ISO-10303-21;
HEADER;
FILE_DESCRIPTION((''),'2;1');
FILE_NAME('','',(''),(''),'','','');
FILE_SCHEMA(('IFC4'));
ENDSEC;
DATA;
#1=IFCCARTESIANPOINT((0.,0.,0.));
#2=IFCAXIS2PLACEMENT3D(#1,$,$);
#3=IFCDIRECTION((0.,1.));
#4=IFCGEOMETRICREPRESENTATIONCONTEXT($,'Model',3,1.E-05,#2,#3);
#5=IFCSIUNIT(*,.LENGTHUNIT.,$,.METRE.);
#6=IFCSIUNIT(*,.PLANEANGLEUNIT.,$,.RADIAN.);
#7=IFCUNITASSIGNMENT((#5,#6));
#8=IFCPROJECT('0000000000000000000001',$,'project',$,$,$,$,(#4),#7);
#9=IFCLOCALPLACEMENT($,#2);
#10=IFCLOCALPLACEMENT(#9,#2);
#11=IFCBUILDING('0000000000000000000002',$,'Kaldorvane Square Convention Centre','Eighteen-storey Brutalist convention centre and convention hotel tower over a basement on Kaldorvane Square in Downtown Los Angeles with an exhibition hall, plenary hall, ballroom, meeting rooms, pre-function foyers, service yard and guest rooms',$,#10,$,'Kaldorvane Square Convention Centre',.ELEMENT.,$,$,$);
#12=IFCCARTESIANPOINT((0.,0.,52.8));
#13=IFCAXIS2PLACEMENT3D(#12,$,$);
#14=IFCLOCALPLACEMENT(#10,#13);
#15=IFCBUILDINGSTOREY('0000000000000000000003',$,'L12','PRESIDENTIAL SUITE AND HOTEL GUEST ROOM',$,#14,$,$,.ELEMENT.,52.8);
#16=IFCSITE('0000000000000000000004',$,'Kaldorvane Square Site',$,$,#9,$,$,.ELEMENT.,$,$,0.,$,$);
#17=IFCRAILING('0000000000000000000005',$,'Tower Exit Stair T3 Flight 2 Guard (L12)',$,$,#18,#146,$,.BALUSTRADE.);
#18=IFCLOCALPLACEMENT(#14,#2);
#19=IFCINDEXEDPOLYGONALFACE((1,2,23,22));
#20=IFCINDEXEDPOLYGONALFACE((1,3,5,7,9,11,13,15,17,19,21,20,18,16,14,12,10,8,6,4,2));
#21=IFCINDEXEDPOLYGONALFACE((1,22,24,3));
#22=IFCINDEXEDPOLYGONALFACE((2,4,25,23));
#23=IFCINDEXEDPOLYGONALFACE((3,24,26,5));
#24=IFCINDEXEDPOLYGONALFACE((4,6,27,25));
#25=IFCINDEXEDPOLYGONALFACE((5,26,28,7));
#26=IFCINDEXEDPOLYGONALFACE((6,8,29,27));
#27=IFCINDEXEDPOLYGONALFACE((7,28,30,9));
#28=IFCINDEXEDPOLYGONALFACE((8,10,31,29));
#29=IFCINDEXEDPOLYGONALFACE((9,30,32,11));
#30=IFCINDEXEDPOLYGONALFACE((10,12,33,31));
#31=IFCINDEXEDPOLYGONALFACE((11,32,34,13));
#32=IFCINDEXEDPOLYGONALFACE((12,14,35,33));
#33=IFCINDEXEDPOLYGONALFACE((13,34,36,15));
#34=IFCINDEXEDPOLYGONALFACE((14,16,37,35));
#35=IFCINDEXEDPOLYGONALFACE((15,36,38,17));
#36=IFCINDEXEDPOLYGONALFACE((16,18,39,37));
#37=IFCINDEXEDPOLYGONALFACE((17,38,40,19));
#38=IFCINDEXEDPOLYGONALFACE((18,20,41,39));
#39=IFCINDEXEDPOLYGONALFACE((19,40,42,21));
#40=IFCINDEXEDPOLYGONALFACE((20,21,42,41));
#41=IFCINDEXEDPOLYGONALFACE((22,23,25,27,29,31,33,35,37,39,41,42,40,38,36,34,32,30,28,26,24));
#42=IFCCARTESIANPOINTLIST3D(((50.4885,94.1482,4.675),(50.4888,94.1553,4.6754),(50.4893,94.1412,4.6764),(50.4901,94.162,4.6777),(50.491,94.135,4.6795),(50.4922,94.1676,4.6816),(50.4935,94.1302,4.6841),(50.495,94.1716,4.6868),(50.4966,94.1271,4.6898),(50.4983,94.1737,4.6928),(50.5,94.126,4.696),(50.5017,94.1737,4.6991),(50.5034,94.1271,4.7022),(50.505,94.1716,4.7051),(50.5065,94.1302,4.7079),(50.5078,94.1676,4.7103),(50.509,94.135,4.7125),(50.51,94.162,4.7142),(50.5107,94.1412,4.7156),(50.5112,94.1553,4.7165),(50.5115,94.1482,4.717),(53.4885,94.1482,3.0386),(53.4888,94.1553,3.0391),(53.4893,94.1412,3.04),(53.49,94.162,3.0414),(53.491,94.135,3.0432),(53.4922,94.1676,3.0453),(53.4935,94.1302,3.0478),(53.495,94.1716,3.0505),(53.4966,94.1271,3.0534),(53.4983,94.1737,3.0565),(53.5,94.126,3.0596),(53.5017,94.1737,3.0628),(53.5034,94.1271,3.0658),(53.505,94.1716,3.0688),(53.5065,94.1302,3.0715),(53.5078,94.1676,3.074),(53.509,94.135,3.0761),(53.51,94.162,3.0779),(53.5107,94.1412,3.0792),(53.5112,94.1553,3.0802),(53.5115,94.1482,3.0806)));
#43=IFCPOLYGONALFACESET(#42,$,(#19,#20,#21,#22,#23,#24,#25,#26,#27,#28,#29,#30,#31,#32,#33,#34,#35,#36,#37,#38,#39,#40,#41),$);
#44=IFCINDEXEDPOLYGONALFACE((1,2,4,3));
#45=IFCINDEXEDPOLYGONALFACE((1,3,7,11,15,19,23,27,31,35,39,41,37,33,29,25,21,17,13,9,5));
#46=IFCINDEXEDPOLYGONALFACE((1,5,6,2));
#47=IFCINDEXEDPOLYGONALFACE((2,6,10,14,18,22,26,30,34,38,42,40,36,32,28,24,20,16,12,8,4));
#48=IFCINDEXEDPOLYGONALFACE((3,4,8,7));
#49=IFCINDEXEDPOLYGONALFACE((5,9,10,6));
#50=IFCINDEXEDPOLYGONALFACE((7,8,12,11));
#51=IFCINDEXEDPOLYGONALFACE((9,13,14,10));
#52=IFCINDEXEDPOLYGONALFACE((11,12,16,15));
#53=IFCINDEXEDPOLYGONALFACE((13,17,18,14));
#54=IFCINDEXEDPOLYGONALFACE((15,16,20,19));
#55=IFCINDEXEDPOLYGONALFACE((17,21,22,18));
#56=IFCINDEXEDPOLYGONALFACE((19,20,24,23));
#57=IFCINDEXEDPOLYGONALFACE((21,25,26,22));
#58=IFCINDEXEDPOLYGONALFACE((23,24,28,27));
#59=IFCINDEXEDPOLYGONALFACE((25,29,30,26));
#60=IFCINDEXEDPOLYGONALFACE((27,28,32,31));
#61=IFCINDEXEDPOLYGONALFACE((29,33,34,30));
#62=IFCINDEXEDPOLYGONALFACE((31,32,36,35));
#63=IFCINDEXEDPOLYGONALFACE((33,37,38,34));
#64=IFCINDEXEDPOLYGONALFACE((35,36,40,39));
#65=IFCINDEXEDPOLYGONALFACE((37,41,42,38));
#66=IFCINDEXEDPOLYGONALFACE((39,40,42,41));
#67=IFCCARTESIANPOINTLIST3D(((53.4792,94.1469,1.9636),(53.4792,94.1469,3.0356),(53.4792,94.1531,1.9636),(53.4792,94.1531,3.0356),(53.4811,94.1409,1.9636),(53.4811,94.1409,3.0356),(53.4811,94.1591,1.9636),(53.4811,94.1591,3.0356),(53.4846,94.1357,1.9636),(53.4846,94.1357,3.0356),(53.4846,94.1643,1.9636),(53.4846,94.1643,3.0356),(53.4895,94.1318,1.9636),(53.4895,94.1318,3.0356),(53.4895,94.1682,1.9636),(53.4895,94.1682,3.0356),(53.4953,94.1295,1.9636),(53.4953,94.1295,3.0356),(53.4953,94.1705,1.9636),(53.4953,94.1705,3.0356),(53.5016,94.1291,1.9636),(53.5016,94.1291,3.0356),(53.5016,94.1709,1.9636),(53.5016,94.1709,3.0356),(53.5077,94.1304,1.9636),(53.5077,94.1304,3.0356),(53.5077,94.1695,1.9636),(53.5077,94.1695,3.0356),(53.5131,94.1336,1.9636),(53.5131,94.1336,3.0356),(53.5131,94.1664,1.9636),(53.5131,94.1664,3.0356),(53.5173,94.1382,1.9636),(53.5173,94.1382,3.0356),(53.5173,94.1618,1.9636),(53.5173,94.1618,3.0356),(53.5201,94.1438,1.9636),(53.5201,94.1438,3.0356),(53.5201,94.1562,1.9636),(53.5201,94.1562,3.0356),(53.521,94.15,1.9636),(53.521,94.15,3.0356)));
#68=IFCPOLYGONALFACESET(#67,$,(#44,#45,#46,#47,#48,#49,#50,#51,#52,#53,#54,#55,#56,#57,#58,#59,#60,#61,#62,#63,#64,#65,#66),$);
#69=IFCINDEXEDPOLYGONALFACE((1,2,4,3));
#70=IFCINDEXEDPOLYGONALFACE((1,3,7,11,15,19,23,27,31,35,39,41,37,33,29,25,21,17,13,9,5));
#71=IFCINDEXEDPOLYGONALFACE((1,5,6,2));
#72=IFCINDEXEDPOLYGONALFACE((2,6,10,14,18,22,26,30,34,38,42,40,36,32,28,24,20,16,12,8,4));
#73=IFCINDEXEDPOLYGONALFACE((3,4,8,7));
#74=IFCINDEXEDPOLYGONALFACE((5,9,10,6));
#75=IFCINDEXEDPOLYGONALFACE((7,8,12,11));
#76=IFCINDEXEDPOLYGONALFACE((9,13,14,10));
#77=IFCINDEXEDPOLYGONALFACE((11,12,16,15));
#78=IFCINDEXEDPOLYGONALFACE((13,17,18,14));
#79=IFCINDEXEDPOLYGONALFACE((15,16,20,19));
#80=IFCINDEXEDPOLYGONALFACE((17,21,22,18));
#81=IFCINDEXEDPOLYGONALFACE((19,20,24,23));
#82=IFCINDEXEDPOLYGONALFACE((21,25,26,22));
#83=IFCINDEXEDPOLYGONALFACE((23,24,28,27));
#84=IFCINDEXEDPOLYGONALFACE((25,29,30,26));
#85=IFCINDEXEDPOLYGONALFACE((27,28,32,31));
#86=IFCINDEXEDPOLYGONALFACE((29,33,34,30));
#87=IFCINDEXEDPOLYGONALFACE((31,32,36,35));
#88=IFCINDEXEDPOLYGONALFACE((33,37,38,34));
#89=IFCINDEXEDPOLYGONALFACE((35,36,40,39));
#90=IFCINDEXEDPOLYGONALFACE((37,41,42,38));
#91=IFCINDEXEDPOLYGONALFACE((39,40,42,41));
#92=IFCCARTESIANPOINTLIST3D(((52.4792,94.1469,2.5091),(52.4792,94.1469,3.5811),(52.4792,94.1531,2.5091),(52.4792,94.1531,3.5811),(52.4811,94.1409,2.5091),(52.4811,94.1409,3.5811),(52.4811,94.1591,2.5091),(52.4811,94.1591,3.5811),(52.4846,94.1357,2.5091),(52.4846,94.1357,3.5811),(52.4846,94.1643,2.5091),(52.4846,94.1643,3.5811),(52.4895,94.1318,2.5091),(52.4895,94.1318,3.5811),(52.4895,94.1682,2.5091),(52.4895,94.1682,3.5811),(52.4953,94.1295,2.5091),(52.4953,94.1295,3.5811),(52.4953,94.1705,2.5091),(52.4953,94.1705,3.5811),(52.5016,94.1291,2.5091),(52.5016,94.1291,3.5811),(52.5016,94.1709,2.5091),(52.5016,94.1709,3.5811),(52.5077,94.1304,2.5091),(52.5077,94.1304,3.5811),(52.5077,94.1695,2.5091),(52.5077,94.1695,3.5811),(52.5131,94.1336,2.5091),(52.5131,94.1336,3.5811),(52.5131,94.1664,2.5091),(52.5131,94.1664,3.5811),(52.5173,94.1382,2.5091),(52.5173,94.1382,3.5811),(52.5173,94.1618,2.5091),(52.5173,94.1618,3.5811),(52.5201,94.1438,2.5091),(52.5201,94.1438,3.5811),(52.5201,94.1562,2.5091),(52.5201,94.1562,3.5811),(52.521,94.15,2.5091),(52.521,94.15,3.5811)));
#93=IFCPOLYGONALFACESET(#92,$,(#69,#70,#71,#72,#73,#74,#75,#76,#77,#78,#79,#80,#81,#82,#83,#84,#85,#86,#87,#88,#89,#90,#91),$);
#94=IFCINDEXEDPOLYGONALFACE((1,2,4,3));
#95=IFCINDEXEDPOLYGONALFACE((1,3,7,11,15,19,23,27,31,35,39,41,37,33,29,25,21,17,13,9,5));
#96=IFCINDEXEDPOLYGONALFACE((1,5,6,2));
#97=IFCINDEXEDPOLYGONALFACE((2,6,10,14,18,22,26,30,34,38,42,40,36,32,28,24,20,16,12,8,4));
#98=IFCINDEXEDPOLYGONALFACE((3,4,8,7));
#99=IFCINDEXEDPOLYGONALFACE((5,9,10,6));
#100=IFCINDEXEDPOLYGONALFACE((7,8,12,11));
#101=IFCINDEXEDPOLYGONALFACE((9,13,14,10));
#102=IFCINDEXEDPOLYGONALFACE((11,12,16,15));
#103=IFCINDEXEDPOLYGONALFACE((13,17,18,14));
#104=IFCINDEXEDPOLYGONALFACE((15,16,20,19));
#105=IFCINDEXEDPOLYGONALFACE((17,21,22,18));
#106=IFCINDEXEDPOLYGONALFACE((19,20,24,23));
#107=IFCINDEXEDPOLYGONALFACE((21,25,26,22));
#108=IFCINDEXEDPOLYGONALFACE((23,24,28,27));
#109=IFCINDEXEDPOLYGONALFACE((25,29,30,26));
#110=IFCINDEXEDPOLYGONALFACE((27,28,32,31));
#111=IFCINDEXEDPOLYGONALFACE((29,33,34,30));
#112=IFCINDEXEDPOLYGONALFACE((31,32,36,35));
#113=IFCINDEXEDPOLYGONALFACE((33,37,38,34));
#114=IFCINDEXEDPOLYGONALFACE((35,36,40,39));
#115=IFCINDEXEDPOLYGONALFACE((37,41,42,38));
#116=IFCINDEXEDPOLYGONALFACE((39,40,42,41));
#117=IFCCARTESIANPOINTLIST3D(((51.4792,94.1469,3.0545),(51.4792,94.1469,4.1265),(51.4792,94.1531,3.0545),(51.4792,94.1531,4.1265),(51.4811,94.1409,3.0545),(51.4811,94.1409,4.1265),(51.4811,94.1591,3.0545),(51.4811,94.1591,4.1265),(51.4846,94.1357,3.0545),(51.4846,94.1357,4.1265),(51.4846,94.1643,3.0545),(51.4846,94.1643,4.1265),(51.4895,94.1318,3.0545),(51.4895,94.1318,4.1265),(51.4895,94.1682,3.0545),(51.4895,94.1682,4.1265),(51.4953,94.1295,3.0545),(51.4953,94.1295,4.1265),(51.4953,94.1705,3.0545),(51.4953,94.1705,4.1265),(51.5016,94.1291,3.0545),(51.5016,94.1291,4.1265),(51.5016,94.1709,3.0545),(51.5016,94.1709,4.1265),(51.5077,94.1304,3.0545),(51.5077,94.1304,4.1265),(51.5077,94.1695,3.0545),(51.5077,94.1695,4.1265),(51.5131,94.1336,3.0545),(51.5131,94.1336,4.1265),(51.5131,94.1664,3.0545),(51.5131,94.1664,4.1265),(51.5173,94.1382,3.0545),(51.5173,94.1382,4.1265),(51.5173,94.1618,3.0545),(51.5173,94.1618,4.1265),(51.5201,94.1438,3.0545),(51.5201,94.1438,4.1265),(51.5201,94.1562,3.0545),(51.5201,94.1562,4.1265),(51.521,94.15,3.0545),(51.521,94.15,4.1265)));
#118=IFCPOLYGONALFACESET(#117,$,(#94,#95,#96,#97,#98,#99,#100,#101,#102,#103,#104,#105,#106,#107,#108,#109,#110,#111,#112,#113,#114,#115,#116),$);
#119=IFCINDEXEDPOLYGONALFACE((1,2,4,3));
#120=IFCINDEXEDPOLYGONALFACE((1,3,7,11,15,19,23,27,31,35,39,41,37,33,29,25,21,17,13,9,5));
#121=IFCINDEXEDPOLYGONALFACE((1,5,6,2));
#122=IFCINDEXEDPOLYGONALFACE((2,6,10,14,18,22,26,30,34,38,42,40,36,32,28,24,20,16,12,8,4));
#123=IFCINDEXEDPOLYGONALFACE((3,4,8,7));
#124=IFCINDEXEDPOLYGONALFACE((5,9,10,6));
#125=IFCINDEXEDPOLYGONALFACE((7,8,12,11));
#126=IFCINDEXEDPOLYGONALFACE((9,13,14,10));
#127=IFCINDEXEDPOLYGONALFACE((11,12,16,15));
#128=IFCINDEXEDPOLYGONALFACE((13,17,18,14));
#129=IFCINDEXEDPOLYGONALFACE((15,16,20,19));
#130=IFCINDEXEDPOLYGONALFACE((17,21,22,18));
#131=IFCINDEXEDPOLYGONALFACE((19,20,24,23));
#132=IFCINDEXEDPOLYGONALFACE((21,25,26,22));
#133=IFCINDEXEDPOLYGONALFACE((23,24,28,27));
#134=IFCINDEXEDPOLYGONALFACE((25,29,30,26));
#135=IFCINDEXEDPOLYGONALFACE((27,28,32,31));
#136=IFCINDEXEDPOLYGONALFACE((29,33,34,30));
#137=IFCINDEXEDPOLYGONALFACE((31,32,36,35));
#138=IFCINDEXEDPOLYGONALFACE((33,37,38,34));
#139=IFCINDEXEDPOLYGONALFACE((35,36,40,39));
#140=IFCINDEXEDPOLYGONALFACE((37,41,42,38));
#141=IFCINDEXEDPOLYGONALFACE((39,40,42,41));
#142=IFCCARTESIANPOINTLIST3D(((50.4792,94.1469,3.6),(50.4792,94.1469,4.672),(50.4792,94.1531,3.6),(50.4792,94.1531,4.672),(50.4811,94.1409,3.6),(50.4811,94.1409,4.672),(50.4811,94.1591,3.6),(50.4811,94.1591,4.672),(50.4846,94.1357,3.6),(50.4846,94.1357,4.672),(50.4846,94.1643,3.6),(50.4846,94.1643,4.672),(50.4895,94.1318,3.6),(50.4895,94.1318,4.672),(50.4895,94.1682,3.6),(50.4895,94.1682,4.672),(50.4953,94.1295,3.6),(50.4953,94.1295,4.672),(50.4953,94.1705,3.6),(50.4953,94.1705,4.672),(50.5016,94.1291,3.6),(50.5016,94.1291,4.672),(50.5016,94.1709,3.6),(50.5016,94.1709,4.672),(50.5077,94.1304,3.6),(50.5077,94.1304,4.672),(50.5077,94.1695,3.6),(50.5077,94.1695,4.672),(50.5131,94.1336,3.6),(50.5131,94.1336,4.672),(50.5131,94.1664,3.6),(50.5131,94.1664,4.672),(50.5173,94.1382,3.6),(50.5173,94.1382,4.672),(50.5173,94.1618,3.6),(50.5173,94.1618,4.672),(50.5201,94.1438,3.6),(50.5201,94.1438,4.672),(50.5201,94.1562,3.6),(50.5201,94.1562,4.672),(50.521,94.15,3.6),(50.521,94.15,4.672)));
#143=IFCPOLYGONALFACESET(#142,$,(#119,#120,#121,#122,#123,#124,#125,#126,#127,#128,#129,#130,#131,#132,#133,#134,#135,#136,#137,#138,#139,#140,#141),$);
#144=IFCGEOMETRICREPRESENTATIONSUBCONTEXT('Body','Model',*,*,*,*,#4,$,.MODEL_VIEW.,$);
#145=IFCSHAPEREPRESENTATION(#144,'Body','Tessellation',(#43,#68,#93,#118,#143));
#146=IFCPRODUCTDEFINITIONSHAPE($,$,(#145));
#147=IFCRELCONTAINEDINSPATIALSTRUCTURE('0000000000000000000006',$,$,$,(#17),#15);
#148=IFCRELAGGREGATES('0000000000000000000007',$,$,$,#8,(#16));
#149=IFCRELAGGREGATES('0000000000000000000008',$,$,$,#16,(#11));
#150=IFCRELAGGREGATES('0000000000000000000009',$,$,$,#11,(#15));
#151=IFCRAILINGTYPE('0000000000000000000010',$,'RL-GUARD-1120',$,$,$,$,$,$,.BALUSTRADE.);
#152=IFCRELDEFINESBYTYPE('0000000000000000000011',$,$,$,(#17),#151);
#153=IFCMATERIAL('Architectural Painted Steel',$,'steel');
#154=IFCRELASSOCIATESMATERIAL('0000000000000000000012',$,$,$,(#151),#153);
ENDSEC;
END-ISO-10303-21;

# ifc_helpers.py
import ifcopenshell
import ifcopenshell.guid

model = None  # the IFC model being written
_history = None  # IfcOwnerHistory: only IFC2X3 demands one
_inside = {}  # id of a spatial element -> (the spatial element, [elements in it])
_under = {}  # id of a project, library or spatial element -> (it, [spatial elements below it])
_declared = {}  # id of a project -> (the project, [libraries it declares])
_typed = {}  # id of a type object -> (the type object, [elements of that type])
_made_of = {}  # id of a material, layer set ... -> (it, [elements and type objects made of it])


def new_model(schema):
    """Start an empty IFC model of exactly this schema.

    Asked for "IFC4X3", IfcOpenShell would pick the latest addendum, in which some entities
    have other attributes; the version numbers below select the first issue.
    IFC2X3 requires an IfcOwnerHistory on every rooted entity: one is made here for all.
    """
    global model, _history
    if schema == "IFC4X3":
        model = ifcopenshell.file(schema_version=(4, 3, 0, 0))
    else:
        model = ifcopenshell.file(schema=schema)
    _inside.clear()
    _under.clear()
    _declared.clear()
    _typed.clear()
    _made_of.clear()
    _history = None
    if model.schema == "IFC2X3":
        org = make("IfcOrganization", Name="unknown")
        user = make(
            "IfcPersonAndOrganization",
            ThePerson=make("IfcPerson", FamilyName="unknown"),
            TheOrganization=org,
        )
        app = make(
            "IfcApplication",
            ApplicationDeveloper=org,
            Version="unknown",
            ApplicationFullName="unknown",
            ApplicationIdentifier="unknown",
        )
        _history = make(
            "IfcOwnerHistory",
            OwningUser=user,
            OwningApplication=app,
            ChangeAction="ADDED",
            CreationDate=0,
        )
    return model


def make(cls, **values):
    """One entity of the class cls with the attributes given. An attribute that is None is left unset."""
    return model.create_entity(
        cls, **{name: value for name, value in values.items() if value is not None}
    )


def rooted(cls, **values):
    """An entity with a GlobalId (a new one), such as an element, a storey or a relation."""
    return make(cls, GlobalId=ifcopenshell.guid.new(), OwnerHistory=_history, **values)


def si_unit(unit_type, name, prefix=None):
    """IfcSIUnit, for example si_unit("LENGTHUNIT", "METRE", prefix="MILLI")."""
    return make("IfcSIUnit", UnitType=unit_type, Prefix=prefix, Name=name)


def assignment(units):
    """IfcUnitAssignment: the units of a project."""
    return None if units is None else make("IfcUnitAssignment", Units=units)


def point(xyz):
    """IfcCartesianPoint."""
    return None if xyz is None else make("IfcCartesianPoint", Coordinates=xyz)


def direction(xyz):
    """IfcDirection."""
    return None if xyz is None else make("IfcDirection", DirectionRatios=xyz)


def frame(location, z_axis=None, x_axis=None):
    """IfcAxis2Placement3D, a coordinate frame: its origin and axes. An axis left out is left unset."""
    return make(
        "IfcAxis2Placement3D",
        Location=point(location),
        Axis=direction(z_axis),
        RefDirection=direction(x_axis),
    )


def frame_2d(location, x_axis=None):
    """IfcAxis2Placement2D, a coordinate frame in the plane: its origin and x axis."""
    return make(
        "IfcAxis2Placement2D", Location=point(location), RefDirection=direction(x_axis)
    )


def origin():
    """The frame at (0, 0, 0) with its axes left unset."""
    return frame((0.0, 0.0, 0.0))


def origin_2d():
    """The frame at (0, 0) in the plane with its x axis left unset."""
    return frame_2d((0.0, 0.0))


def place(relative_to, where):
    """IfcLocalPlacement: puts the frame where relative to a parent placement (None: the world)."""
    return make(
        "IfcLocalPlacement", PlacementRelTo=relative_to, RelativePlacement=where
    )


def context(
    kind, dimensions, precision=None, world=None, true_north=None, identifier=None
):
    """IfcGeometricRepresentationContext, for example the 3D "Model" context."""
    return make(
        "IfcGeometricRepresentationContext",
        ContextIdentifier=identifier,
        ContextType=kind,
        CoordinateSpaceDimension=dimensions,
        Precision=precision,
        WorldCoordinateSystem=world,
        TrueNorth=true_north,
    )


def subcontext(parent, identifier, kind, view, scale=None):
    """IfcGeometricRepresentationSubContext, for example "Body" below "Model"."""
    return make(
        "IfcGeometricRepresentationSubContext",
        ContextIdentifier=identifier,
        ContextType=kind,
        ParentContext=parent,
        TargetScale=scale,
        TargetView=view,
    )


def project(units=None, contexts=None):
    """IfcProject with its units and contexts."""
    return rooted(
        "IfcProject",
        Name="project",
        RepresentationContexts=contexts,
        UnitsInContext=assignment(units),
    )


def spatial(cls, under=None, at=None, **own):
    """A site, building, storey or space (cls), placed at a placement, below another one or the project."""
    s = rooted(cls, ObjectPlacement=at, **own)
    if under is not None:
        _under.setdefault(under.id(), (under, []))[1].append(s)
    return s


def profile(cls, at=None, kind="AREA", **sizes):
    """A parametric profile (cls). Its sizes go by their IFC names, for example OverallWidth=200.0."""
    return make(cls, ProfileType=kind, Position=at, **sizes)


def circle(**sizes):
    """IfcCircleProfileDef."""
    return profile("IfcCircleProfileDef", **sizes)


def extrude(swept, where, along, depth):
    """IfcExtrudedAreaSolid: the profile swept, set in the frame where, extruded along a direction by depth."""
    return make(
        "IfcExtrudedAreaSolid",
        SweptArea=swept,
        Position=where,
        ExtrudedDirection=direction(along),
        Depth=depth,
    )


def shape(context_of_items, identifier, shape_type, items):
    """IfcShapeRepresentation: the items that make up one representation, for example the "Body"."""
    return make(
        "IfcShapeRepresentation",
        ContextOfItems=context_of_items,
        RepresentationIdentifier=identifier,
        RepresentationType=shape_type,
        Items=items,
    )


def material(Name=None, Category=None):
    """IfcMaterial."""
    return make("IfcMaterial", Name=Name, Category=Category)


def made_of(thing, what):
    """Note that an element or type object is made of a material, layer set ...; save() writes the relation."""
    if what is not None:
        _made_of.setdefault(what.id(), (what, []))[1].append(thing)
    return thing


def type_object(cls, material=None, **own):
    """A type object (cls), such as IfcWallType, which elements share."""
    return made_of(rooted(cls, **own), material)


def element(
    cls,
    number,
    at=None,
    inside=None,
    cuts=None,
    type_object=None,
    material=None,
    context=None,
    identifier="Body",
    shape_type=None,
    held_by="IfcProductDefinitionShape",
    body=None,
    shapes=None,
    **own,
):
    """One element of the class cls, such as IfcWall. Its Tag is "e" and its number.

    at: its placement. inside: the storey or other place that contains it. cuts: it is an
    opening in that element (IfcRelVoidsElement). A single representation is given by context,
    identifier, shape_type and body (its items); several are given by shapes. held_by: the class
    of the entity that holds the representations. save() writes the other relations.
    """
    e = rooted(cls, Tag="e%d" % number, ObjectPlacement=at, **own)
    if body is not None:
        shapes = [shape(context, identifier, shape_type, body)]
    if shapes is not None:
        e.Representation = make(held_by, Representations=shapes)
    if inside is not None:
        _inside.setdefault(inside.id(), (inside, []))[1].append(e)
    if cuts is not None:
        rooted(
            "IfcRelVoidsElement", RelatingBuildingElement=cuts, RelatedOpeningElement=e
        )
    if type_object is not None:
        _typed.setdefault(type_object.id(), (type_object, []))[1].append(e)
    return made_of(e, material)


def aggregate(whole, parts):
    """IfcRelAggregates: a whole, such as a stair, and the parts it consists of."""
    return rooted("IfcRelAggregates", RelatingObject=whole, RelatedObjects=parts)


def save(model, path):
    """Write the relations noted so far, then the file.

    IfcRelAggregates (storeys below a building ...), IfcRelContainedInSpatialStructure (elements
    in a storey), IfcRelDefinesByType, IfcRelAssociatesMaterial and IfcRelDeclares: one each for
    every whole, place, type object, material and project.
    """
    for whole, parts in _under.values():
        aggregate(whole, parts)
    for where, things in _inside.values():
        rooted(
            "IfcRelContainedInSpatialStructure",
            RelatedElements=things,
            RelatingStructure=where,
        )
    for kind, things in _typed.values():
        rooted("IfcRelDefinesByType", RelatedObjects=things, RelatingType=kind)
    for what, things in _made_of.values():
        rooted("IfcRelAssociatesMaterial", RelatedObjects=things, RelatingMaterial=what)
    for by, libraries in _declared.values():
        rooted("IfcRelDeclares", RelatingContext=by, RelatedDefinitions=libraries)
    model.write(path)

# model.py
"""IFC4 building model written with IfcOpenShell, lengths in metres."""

from ifc_helpers import new_model, si_unit, direction, frame, origin, origin_2d, place, context, subcontext, project, spatial, circle, extrude, material, type_object, element, save


model = new_model("IFC4")

# Units and contexts
model_context = context("Model", 3, precision=1e-05, world=origin(), true_north=direction((0.0, 1.0)))
body_context = subcontext(model_context, "Body", "Model", "MODEL_VIEW")
ifc_project = project(units=[si_unit("LENGTHUNIT", "METRE"), si_unit("PLANEANGLEUNIT", "RADIAN")], contexts=[model_context])

# Site, building, storey
site_placement = place(None, origin())
site = spatial("IfcSite", under=ifc_project, at=site_placement, Name="Kaldorvane Square Site", CompositionType="ELEMENT", RefElevation=0.0)
building_placement = place(site_placement, origin())
building = spatial("IfcBuilding", under=site, at=building_placement, Name="Kaldorvane Square Convention Centre", Description="Eighteen-storey Brutalist convention centre and convention hotel tower over a basement on Kaldorvane Square in Downtown Los Angeles with an exhibition hall, plenary hall, ballroom, meeting rooms, pre-function foyers, service yard and guest rooms", LongName="Kaldorvane Square Convention Centre", CompositionType="ELEMENT")
storey_placement = place(building_placement, frame((0.0, 0.0, 52.8)))
storey = spatial("IfcBuildingStorey", under=building, at=storey_placement, Name="L12", Description="PRESIDENTIAL SUITE AND HOTEL GUEST ROOM", CompositionType="ELEMENT", Elevation=52.8)

# Railing
ifc_material_1 = material(Name="Architectural Painted Steel", Category="steel")
railing_type_1 = type_object("IfcRailingType", Name="RL-GUARD-1120", PredefinedType="BALUSTRADE", material=ifc_material_1)
railing_1_placement = place(storey_placement, frame((53.5, 94.15, 1.9636)))
element("IfcRailing", 1, at=railing_1_placement, inside=storey, type_object=railing_type_1, Name="Tower Exit Stair T3 Flight 2 Guard (L12)", PredefinedType="BALUSTRADE", context=body_context, shape_type="SweptSolid", body=[
    extrude(circle(Radius=0.024, at=origin_2d()), frame((0.0, 0.0, 1.096), z_axis=(-0.877897, 0.0, 0.47885), x_axis=(0.0, -1.0, 0.0)), (0.0, 0.0, 1.0), 3.4173),
    extrude(circle(Radius=0.021, at=origin_2d()), origin(), (0.0, 0.0, 1.0), 1.072),
    extrude(circle(Radius=0.021, at=origin_2d()), frame((-1.0, 0.0, 0.5455)), (0.0, 0.0, 1.0), 1.072),
    extrude(circle(Radius=0.021, at=origin_2d()), frame((-2.0, 0.0, 1.0909)), (0.0, 0.0, 1.0), 1.072),
    extrude(circle(Radius=0.021, at=origin_2d()), frame((-3.0, 0.0, 1.6364)), (0.0, 0.0, 1.0), 1.072),
])

save(model, "model.ifc")
